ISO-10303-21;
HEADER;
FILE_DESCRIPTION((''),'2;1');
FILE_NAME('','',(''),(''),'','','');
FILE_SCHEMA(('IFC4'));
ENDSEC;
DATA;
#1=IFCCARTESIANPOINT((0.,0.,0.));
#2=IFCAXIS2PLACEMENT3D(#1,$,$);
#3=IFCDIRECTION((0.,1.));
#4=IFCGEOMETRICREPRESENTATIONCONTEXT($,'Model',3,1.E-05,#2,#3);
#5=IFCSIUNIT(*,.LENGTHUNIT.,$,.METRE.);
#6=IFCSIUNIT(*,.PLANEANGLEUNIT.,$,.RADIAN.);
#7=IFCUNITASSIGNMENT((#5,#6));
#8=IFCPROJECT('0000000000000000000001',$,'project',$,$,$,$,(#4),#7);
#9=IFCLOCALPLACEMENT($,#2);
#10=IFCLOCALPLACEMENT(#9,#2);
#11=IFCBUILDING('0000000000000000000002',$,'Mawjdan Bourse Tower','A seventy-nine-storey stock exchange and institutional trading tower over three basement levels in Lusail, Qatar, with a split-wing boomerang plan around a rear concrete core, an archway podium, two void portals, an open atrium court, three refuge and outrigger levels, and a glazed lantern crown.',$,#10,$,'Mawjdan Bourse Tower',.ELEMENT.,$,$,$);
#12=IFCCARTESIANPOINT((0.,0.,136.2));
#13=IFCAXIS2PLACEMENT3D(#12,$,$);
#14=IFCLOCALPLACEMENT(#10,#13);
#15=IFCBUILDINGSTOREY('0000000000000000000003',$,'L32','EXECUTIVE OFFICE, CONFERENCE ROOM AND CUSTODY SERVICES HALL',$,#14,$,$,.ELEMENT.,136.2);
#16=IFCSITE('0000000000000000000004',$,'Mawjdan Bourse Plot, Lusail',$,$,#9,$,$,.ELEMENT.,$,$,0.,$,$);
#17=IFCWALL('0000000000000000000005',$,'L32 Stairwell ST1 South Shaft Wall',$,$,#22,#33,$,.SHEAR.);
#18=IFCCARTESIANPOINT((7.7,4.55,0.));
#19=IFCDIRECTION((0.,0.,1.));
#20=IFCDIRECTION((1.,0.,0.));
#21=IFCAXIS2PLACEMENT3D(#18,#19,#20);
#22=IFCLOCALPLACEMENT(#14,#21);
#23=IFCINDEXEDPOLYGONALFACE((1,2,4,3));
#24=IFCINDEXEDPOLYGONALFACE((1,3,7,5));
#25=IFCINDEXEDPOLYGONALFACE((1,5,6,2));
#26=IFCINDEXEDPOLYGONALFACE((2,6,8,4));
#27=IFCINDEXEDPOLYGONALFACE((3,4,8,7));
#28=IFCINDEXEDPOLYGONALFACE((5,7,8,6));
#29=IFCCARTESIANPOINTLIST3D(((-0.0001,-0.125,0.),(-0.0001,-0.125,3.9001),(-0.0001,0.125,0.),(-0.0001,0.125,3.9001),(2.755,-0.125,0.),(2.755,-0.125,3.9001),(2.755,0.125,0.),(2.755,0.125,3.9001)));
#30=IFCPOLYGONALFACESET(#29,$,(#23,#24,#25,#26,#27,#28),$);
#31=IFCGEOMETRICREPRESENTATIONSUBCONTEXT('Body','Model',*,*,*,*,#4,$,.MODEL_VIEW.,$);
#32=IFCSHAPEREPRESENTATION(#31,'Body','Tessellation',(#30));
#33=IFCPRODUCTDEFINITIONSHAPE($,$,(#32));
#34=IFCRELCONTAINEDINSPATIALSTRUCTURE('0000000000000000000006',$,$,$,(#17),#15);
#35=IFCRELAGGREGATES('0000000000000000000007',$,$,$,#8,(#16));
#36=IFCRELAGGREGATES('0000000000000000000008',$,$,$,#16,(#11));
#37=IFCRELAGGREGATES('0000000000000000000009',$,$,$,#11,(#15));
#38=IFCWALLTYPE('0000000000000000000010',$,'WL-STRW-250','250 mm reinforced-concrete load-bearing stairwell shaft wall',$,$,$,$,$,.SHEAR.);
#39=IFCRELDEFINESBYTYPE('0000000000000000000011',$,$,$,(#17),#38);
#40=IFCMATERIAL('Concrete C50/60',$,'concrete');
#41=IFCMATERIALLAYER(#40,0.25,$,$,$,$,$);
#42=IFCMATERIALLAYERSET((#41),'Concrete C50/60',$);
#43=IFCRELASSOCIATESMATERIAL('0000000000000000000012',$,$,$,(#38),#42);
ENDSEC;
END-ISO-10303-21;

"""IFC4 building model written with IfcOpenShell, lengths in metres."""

from ifc_helpers import new_model, si_unit, direction, frame, frame_2d, origin, place, context, subcontext, project, spatial, rectangle, extrude, material, layer, layer_set, type_object, element, save


model = new_model("IFC4")

# Units and contexts
model_context = context("Model", 3, precision=1e-05, world=origin(), true_north=direction((0.0, 1.0)))
body_context = subcontext(model_context, "Body", "Model", "MODEL_VIEW")
ifc_project = project(units=[si_unit("LENGTHUNIT", "METRE"), si_unit("PLANEANGLEUNIT", "RADIAN")], contexts=[model_context])

# Site, building, storey
site_placement = place(None, origin())
site = spatial("IfcSite", under=ifc_project, at=site_placement, Name="Mawjdan Bourse Plot, Lusail", CompositionType="ELEMENT", RefElevation=0.0)
building_placement = place(site_placement, origin())
building = spatial("IfcBuilding", under=site, at=building_placement, Name="Mawjdan Bourse Tower", Description="A seventy-nine-storey stock exchange and institutional trading tower over three basement levels in Lusail, Qatar, with a split-wing boomerang plan around a rear concrete core, an archway podium, two void portals, an open atrium court, three refuge and outrigger levels, and a glazed lantern crown.", LongName="Mawjdan Bourse Tower", CompositionType="ELEMENT")
storey_placement = place(building_placement, frame((0.0, 0.0, 136.2)))
storey = spatial("IfcBuildingStorey", under=building, at=storey_placement, Name="L32", Description="EXECUTIVE OFFICE, CONFERENCE ROOM AND CUSTODY SERVICES HALL", CompositionType="ELEMENT", Elevation=136.2)

# Shared definitions
ifc_material_1 = material(Name="Concrete C50/60", Category="concrete")

# Wall
ifc_layer_1 = layer(ifc_material_1, 0.25)
ifc_layer_set_1 = layer_set([ifc_layer_1], Name="Concrete C50/60")
wall_type_1 = type_object("IfcWallType", Name="WL-STRW-250", Description="250 mm reinforced-concrete load-bearing stairwell shaft wall", PredefinedType="SHEAR", material=ifc_layer_set_1)
wall_1_placement = place(storey_placement, frame((7.7, 4.55, 0.0), z_axis=(0.0, 0.0, 1.0), x_axis=(1.0, 0.0, 0.0)))
element("IfcWall", 1, at=wall_1_placement, inside=storey, type_object=wall_type_1, Name="L32 Stairwell ST1 South Shaft Wall", PredefinedType="SHEAR", context=body_context, shape_type="SweptSolid", body=[
    extrude(rectangle(XDim=2.7551, YDim=0.25, at=frame_2d((1.3774, 0.0))), origin(), (0.0, 0.0, 1.0), 3.9001),
])

save(model, "model.ifc")
